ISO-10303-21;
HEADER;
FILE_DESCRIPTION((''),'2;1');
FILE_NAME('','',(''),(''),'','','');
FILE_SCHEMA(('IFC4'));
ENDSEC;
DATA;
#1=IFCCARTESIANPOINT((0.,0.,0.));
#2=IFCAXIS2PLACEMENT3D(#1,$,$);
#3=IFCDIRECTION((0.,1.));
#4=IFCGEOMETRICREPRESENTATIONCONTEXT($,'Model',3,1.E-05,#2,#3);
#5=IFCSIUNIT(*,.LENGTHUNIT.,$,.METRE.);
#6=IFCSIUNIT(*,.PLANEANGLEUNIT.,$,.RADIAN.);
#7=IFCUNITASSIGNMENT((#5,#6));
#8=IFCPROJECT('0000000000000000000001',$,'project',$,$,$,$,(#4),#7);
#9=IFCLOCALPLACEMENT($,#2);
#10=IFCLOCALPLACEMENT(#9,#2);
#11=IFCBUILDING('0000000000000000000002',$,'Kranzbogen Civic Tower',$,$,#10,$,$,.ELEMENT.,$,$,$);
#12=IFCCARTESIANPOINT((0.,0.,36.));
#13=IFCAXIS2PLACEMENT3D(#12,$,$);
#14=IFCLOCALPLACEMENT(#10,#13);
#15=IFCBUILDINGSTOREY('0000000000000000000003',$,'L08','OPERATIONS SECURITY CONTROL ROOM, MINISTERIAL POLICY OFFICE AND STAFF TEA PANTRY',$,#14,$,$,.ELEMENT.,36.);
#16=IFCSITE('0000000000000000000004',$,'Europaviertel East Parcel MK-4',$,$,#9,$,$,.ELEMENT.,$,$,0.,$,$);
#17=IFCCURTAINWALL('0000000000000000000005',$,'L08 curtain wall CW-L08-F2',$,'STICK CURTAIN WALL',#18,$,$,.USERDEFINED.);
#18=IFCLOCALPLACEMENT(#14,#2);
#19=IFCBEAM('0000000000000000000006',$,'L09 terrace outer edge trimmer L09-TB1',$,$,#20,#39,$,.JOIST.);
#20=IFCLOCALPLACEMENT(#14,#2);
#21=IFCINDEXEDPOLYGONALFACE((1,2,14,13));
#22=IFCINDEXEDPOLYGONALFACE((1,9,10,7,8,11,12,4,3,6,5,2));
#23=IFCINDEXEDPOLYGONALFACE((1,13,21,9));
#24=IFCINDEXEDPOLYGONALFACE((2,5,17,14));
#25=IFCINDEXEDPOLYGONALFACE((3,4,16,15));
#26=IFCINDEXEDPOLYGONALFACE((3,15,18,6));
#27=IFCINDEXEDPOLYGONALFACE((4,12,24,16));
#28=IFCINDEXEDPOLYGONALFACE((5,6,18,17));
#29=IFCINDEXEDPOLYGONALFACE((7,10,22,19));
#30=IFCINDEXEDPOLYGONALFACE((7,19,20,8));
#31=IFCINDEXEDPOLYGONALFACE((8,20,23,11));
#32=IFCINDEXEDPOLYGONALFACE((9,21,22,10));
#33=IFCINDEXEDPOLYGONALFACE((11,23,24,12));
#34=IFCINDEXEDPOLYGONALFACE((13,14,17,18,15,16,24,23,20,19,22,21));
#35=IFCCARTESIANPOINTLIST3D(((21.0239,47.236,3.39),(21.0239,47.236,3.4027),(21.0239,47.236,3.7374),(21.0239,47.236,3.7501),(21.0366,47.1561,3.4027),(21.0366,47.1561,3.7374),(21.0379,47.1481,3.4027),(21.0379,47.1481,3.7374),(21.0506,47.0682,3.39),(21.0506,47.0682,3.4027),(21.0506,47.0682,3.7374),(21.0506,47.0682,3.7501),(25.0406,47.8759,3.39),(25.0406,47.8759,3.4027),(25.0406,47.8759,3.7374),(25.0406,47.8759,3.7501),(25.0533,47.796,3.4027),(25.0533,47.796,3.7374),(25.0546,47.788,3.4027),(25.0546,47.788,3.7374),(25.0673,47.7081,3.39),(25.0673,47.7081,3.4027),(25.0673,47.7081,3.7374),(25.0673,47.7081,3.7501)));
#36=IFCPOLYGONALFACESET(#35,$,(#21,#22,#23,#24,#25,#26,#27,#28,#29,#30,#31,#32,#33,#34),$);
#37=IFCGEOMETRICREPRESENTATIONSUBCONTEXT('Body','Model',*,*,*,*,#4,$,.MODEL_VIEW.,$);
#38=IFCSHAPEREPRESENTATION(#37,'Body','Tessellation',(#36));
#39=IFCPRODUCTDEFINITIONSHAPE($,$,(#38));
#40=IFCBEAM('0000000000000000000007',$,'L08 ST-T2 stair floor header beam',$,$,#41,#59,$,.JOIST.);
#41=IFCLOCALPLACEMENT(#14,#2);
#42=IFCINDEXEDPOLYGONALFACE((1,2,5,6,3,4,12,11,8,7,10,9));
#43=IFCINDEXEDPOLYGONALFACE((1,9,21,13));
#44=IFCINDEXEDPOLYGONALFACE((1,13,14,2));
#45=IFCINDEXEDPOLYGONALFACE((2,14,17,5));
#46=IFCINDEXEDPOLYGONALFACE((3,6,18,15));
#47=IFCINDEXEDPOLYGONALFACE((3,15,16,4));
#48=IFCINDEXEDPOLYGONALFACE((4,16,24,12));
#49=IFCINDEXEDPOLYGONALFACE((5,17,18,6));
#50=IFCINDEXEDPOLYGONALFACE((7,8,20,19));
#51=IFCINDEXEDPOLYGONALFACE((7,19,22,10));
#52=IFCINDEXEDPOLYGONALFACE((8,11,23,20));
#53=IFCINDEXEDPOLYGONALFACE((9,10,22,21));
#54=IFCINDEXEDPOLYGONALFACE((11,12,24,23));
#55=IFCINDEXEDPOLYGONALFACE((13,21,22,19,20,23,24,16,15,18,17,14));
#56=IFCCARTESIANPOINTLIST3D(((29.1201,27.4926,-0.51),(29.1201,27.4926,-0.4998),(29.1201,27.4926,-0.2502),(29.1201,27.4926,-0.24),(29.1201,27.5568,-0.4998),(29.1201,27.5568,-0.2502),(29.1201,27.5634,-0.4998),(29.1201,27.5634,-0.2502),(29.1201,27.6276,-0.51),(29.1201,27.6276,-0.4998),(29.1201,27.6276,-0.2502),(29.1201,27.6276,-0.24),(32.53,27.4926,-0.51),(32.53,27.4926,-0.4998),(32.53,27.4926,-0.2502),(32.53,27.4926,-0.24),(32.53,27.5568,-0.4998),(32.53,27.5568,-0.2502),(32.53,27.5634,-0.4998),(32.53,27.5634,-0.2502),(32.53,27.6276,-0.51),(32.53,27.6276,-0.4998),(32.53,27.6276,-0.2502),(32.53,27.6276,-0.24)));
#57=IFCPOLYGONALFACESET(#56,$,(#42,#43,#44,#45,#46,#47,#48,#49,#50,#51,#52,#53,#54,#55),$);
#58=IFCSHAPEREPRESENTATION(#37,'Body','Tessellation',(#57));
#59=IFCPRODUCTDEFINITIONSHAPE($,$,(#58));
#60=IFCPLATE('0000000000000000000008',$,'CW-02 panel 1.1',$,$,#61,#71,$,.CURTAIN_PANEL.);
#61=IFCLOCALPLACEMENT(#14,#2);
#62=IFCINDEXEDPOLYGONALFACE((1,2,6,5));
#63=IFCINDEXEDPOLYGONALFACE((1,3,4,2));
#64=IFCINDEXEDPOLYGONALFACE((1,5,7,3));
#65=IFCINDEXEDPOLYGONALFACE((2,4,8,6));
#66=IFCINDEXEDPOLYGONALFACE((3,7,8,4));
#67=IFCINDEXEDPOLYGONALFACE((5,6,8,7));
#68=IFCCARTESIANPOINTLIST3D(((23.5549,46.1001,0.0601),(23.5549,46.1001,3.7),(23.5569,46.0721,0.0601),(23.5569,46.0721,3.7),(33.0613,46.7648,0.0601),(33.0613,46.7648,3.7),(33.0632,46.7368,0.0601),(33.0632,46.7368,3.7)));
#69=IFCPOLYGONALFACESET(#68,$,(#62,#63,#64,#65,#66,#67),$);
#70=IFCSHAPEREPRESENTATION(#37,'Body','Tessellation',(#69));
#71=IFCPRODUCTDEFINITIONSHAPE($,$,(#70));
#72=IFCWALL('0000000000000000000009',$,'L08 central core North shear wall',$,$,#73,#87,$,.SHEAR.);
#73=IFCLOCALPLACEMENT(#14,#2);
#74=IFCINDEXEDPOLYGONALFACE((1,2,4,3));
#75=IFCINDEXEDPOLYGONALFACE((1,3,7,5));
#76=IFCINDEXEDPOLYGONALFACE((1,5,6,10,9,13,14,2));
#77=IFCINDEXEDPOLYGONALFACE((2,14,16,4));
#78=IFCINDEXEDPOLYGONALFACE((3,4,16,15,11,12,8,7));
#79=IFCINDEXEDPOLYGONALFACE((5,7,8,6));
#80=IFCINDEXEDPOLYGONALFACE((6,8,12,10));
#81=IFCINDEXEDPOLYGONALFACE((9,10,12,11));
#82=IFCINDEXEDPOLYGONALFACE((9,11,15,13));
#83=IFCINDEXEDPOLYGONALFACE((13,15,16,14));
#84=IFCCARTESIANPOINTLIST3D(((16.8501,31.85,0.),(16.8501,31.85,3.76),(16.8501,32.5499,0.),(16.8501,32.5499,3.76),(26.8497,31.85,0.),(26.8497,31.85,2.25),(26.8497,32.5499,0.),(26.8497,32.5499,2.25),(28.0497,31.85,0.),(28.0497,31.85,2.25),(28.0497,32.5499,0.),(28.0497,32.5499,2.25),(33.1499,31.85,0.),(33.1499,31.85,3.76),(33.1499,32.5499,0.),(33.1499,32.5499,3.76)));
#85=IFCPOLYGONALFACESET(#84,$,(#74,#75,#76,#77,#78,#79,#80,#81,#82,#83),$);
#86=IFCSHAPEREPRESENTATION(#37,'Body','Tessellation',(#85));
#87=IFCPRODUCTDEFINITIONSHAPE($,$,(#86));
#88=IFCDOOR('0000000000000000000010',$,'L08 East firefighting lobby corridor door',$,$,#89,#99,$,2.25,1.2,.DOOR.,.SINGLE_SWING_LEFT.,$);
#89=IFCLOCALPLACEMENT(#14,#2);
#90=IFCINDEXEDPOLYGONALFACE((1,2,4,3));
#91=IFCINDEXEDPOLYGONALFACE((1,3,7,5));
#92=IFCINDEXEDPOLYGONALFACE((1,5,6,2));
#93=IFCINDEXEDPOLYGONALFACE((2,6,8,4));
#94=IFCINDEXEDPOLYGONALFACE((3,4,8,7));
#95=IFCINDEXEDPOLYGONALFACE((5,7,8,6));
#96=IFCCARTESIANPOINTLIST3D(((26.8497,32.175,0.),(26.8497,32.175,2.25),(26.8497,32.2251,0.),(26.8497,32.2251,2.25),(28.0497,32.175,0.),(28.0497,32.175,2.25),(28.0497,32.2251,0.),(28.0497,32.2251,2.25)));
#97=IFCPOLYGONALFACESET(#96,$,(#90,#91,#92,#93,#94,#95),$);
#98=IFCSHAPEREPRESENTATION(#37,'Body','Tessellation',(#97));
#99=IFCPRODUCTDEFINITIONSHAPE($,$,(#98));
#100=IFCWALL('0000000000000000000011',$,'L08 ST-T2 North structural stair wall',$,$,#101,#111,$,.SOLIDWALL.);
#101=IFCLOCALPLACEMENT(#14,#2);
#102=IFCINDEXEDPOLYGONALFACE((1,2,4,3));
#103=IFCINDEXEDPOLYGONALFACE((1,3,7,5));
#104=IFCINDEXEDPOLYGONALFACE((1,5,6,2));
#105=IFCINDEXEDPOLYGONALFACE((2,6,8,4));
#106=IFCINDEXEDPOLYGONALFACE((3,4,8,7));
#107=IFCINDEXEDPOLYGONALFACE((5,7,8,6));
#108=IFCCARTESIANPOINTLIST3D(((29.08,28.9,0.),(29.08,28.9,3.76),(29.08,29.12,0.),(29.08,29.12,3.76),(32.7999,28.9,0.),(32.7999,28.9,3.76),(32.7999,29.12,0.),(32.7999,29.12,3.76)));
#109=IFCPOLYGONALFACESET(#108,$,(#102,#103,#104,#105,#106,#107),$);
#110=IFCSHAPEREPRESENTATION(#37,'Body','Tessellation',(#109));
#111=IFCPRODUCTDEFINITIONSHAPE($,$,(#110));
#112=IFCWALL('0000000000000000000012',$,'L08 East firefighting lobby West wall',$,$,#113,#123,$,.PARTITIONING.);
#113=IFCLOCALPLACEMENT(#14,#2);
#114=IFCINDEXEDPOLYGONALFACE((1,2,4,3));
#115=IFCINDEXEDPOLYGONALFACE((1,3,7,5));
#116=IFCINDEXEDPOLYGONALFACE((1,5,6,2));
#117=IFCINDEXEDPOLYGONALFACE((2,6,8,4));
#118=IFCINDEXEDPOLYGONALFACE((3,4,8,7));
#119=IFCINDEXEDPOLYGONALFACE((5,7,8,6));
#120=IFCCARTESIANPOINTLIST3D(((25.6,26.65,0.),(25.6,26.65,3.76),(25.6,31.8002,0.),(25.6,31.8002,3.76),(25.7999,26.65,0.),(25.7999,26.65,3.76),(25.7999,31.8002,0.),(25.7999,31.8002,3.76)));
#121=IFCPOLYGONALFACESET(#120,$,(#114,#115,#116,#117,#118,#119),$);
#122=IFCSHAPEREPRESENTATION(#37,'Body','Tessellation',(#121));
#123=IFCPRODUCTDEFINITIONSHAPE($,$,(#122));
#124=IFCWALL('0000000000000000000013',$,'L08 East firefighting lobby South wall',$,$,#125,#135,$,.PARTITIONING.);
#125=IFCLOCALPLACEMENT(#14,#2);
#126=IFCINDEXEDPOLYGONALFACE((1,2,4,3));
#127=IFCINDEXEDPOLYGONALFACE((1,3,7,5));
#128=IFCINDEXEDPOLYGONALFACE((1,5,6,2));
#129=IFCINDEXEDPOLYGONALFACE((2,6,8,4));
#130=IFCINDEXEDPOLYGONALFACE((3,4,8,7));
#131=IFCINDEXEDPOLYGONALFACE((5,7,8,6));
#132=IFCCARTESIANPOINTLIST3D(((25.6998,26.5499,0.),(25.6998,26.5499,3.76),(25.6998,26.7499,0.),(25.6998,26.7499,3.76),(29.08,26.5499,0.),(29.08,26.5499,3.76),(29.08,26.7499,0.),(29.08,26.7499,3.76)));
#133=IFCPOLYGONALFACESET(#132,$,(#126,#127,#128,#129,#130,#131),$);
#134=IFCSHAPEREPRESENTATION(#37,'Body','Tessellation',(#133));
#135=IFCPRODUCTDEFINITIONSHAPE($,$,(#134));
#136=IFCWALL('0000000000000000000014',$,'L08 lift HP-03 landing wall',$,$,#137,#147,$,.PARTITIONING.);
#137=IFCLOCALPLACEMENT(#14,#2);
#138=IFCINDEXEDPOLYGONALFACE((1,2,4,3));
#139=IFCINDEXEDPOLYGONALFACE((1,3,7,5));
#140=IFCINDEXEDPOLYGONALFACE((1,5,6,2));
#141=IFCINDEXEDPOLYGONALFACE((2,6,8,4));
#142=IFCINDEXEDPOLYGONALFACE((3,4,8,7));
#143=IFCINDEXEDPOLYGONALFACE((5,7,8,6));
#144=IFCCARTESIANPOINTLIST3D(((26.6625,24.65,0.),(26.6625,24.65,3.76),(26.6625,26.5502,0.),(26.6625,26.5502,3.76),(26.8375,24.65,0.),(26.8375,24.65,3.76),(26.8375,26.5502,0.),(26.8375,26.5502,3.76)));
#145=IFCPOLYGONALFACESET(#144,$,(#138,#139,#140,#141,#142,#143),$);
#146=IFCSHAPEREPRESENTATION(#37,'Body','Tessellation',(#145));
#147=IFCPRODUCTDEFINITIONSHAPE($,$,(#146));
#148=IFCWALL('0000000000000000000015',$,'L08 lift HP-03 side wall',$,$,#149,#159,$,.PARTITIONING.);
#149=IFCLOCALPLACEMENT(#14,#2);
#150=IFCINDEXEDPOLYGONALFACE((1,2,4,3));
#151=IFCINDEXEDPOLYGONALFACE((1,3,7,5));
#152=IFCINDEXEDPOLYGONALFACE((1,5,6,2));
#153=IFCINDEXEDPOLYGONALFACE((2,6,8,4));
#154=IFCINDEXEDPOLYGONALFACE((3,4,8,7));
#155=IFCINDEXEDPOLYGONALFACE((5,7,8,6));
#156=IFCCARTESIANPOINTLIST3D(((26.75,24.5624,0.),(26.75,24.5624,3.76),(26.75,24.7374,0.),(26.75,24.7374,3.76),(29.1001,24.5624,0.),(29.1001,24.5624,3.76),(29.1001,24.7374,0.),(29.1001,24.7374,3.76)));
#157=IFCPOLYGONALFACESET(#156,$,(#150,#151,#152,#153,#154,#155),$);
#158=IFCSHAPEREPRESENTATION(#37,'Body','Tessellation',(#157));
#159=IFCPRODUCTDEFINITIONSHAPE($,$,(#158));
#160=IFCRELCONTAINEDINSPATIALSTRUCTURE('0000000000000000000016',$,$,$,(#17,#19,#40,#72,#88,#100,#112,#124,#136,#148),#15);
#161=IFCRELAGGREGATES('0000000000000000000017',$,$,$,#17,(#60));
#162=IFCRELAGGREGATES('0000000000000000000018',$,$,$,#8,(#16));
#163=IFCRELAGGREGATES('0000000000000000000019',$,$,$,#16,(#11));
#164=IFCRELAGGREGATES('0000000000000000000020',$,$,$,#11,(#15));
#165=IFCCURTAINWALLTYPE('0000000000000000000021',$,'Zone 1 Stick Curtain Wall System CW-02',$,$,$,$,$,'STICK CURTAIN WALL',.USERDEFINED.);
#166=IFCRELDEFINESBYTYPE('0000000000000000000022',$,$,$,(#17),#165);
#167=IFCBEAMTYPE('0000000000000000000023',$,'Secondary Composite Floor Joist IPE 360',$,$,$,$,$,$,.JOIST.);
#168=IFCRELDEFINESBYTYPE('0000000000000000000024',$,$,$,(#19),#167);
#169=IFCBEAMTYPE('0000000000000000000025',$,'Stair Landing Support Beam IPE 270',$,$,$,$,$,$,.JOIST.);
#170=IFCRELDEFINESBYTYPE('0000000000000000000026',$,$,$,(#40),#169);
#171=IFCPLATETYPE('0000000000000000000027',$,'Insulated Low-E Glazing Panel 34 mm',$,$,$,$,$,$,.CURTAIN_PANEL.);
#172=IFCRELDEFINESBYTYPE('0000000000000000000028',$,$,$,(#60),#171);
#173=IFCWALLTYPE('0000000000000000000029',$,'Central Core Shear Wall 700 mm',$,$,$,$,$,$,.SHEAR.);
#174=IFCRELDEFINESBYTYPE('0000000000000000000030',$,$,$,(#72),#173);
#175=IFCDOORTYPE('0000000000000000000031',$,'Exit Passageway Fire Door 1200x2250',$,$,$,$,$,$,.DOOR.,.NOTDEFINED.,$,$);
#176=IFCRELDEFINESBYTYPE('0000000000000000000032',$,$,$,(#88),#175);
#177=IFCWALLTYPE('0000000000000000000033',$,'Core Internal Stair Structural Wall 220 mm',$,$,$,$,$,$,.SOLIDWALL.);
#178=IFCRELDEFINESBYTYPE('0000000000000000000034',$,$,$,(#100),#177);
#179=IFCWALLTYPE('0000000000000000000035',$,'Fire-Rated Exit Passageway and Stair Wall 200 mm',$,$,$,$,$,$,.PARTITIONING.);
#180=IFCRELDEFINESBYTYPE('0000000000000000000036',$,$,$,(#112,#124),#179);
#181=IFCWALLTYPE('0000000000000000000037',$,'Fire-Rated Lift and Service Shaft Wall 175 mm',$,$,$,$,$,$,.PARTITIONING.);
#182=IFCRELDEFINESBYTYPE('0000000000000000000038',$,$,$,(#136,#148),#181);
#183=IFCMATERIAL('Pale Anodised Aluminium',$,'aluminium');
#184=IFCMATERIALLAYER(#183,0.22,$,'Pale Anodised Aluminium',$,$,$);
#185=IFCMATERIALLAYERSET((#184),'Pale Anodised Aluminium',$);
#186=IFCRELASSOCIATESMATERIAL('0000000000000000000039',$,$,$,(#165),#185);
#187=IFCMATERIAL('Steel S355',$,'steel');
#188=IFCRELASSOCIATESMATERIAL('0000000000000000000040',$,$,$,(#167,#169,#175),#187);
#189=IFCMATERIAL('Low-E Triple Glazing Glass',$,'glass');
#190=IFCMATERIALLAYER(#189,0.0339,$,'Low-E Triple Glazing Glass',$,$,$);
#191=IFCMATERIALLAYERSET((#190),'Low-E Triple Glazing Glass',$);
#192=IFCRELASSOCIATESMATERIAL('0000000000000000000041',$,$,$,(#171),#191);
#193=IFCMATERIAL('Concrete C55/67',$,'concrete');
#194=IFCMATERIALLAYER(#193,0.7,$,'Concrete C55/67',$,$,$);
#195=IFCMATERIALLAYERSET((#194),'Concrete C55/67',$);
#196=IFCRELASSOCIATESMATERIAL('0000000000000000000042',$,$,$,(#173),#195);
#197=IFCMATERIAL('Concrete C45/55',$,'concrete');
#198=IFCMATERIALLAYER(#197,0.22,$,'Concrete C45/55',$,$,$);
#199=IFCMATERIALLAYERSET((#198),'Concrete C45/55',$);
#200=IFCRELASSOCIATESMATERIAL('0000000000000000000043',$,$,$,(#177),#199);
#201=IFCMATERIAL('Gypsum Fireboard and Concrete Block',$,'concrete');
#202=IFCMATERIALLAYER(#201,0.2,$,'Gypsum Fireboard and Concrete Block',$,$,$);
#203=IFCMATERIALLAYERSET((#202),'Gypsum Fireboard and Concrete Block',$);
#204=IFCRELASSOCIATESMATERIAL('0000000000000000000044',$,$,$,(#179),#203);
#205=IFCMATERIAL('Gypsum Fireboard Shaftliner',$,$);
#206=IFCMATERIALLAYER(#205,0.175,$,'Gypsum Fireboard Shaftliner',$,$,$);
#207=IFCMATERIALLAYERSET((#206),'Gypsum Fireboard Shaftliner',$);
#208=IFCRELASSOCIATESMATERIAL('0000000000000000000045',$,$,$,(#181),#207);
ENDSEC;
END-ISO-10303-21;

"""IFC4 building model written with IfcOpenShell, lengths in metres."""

from ifc_helpers import new_model, si_unit, direction, frame, frame_2d, origin, origin_2d, place, context, subcontext, project, spatial, rectangle, i_section, extrude, material, layer, layer_set, material_profile, profile_set, type_object, element, fill, aggregate, save


model = new_model("IFC4")

# Units and contexts
model_context = context("Model", 3, precision=1e-05, world=origin(), true_north=direction((0.0, 1.0)))
body_context = subcontext(model_context, "Body", "Model", "MODEL_VIEW")
ifc_project = project(units=[si_unit("LENGTHUNIT", "METRE"), si_unit("PLANEANGLEUNIT", "RADIAN")], contexts=[model_context])

# Site, building, storey
site_placement = place(None, origin())
site = spatial("IfcSite", under=ifc_project, at=site_placement, Name="Europaviertel East Parcel MK-4", CompositionType="ELEMENT", RefElevation=0.0)
building_placement = place(site_placement, origin())
building = spatial("IfcBuilding", under=site, at=building_placement, Name="Kranzbogen Civic Tower", CompositionType="ELEMENT")
storey_placement = place(building_placement, frame((0.0, 0.0, 36.0)))
storey = spatial("IfcBuildingStorey", under=building, at=storey_placement, Name="L08", Description="OPERATIONS SECURITY CONTROL ROOM, MINISTERIAL POLICY OFFICE AND STAFF TEA PANTRY", CompositionType="ELEMENT", Elevation=36.0)

# Curtain wall
ifc_material_1 = material(Name="Pale Anodised Aluminium", Category="aluminium")
ifc_layer_1 = layer(ifc_material_1, 0.22, Name="Pale Anodised Aluminium")
ifc_layer_set_1 = layer_set([ifc_layer_1], Name="Pale Anodised Aluminium")
curtain_wall_type = type_object("IfcCurtainWallType", Name="Zone 1 Stick Curtain Wall System CW-02", ElementType="STICK CURTAIN WALL", PredefinedType="USERDEFINED", material=ifc_layer_set_1)
curtain_wall_placement = place(storey_placement, origin())
curtain_wall = element("IfcCurtainWall", 1, at=curtain_wall_placement, inside=storey, type_object=curtain_wall_type, Name="L08 curtain wall CW-L08-F2", ObjectType="STICK CURTAIN WALL", PredefinedType="USERDEFINED")

# Beams
ifc_material_2 = material(Name="Steel S355", Category="steel")
ifc_material_profile_1 = material_profile(ifc_material_2, i_section(OverallWidth=0.1699, OverallDepth=0.3601, WebThickness=0.0081, FlangeThickness=0.0127, at=origin_2d()), Name="IPE 360")
ifc_profile_set_1 = profile_set([ifc_material_profile_1], Name="Steel S355")
beam_type_1 = type_object("IfcBeamType", Name="Secondary Composite Floor Joist IPE 360", PredefinedType="JOIST", material=ifc_profile_set_1)
beam_1_placement = place(storey_placement, frame((25.054, 47.792, 3.5701), z_axis=(-0.987548, -0.157319, 0.0), x_axis=(0.157319, -0.987548, 0.0)))
element("IfcBeam", 2, at=beam_1_placement, inside=storey, type_object=beam_type_1, Name="L09 terrace outer edge trimmer L09-TB1", PredefinedType="JOIST", context=body_context, shape_type="SweptSolid", body=[
    extrude(i_section(OverallWidth=0.1699, OverallDepth=0.3601, WebThickness=0.0081, FlangeThickness=0.0127, at=origin_2d()), origin(), (0.0, 0.0, 1.0), 4.0674),
])
ifc_material_profile_2 = material_profile(ifc_material_2, i_section(OverallWidth=0.135, OverallDepth=0.27, WebThickness=0.0066, FlangeThickness=0.0103, at=origin_2d()), Name="IPE 270")
ifc_profile_set_2 = profile_set([ifc_material_profile_2], Name="Steel S355")
beam_type_2 = type_object("IfcBeamType", Name="Stair Landing Support Beam IPE 270", PredefinedType="JOIST", material=ifc_profile_set_2)
beam_2_placement = place(storey_placement, frame((29.1201, 27.5601, -0.375), z_axis=(1.0, 0.0, 0.0), x_axis=(0.0, 1.0, 0.0)))
element("IfcBeam", 3, at=beam_2_placement, inside=storey, type_object=beam_type_2, Name="L08 ST-T2 stair floor header beam", PredefinedType="JOIST", context=body_context, shape_type="SweptSolid", body=[
    extrude(i_section(OverallWidth=0.135, OverallDepth=0.27, WebThickness=0.0066, FlangeThickness=0.0103, at=origin_2d()), origin(), (0.0, 0.0, 1.0), 3.4099),
])

# Plate
ifc_material_3 = material(Name="Low-E Triple Glazing Glass", Category="glass")
ifc_layer_2 = layer(ifc_material_3, 0.0339, Name="Low-E Triple Glazing Glass")
ifc_layer_set_2 = layer_set([ifc_layer_2], Name="Low-E Triple Glazing Glass")
plate_type = type_object("IfcPlateType", Name="Insulated Low-E Glazing Panel 34 mm", PredefinedType="CURTAIN_PANEL", material=ifc_layer_set_2)
plate_placement = place(storey_placement, frame((28.3091, 46.4185, 0.0601), z_axis=(0.0, 0.0, 1.0), x_axis=(-0.997564, -0.069755, 0.0)))
plate = element("IfcPlate", 4, at=plate_placement, type_object=plate_type, Name="CW-02 panel 1.1", PredefinedType="CURTAIN_PANEL", context=body_context, shape_type="SweptSolid", body=[
    extrude(rectangle(XDim=9.5295, YDim=0.0281, at=origin_2d()), origin(), (0.0, 0.0, 1.0), 3.6399),
])
aggregate(curtain_wall, [plate])

# Wall, opening, door
ifc_material_4 = material(Name="Concrete C55/67", Category="concrete")
ifc_layer_3 = layer(ifc_material_4, 0.7, Name="Concrete C55/67")
ifc_layer_set_3 = layer_set([ifc_layer_3], Name="Concrete C55/67")
wall_type_1 = type_object("IfcWallType", Name="Central Core Shear Wall 700 mm", PredefinedType="SHEAR", material=ifc_layer_set_3)
wall_1_placement = place(storey_placement, frame((33.1499, 32.2, 0.0), z_axis=(0.0, 0.0, 1.0), x_axis=(-1.0, 0.0, 0.0)))
wall_1 = element("IfcWall", 5, at=wall_1_placement, inside=storey, type_object=wall_type_1, Name="L08 central core North shear wall", PredefinedType="SHEAR", context=body_context, shape_type="SweptSolid", body=[
    extrude(rectangle(XDim=16.2998, YDim=0.7, at=frame_2d((8.1499, 0.0))), origin(), (0.0, 0.0, 1.0), 3.76),
])
opening_1_placement = place(wall_1_placement, frame((5.1001, 0.0, 0.0)))
opening_1 = element("IfcOpeningElement", 6, at=opening_1_placement, cuts=wall_1, PredefinedType="OPENING", context=body_context, shape_type="SweptSolid", body=[
    extrude(rectangle(XDim=1.2, YDim=2.25, at=frame_2d((0.6001, 1.125))), frame((0.0, 0.3599, 0.0), z_axis=(0.0, -1.0, 0.0), x_axis=(1.0, 0.0, 0.0)), (0.0, 0.0, 1.0), 0.72),
])
door_type_1 = type_object("IfcDoorType", Name="Exit Passageway Fire Door 1200x2250", OperationType="NOTDEFINED", PredefinedType="DOOR", material=ifc_material_2)
door_1_placement = place(opening_1_placement, origin())
door_1 = element("IfcDoor", 7, at=door_1_placement, inside=storey, type_object=door_type_1, Name="L08 East firefighting lobby corridor door", OperationType="SINGLE_SWING_LEFT", OverallHeight=2.25, OverallWidth=1.2, PredefinedType="DOOR", context=body_context, shape_type="SweptSolid", body=[
    extrude(rectangle(XDim=1.2, YDim=2.25, at=frame_2d((0.6001, 1.125))), frame((0.0, 0.0249, 0.0), z_axis=(0.0, -1.0, 0.0), x_axis=(1.0, 0.0, 0.0)), (0.0, 0.0, 1.0), 0.05),
])
fill(opening_1, door_1)

# Walls
ifc_material_5 = material(Name="Concrete C45/55", Category="concrete")
ifc_layer_4 = layer(ifc_material_5, 0.22, Name="Concrete C45/55")
ifc_layer_set_4 = layer_set([ifc_layer_4], Name="Concrete C45/55")
wall_type_2 = type_object("IfcWallType", Name="Core Internal Stair Structural Wall 220 mm", PredefinedType="SOLIDWALL", material=ifc_layer_set_4)
wall_2_placement = place(storey_placement, frame((29.0801, 29.01, 0.0), z_axis=(0.0, 0.0, 1.0), x_axis=(1.0, 0.0, 0.0)))
element("IfcWall", 8, at=wall_2_placement, inside=storey, type_object=wall_type_2, Name="L08 ST-T2 North structural stair wall", PredefinedType="SOLIDWALL", context=body_context, shape_type="SweptSolid", body=[
    extrude(rectangle(XDim=3.72, YDim=0.22, at=frame_2d((1.8599, 0.0))), origin(), (0.0, 0.0, 1.0), 3.76),
])
ifc_material_6 = material(Name="Gypsum Fireboard and Concrete Block", Category="concrete")
ifc_layer_5 = layer(ifc_material_6, 0.2, Name="Gypsum Fireboard and Concrete Block")
ifc_layer_set_5 = layer_set([ifc_layer_5], Name="Gypsum Fireboard and Concrete Block")
wall_type_3 = type_object("IfcWallType", Name="Fire-Rated Exit Passageway and Stair Wall 200 mm", PredefinedType="PARTITIONING", material=ifc_layer_set_5)
wall_3_placement = place(storey_placement, frame((25.7, 26.6499, 0.0), z_axis=(0.0, 0.0, 1.0), x_axis=(0.0, 1.0, 0.0)))
element("IfcWall", 9, at=wall_3_placement, inside=storey, type_object=wall_type_3, Name="L08 East firefighting lobby West wall", PredefinedType="PARTITIONING", context=body_context, shape_type="SweptSolid", body=[
    extrude(rectangle(XDim=5.1501, YDim=0.2, at=frame_2d((2.5752, 0.0))), origin(), (0.0, 0.0, 1.0), 3.76),
])
wall_4_placement = place(storey_placement, frame((25.7, 26.6499, 0.0), z_axis=(0.0, 0.0, 1.0), x_axis=(1.0, 0.0, 0.0)))
element("IfcWall", 10, at=wall_4_placement, inside=storey, type_object=wall_type_3, Name="L08 East firefighting lobby South wall", PredefinedType="PARTITIONING", context=body_context, shape_type="SweptSolid", body=[
    extrude(rectangle(XDim=3.3801, YDim=0.2, at=frame_2d((1.6899, 0.0))), origin(), (0.0, 0.0, 1.0), 3.76),
])
ifc_material_7 = material(Name="Gypsum Fireboard Shaftliner")
ifc_layer_6 = layer(ifc_material_7, 0.175, Name="Gypsum Fireboard Shaftliner")
ifc_layer_set_6 = layer_set([ifc_layer_6], Name="Gypsum Fireboard Shaftliner")
wall_type_4 = type_object("IfcWallType", Name="Fire-Rated Lift and Service Shaft Wall 175 mm", PredefinedType="PARTITIONING", material=ifc_layer_set_6)
wall_5_placement = place(storey_placement, frame((26.75, 24.6499, 0.0), z_axis=(0.0, 0.0, 1.0), x_axis=(0.0, 1.0, 0.0)))
element("IfcWall", 11, at=wall_5_placement, inside=storey, type_object=wall_type_4, Name="L08 lift HP-03 landing wall", PredefinedType="PARTITIONING", context=body_context, shape_type="SweptSolid", body=[
    extrude(rectangle(XDim=1.9001, YDim=0.175, at=frame_2d((0.9502, 0.0))), origin(), (0.0, 0.0, 1.0), 3.76),
])
wall_6_placement = place(storey_placement, frame((26.75, 24.6499, 0.0), z_axis=(0.0, 0.0, 1.0), x_axis=(1.0, 0.0, 0.0)))
element("IfcWall", 12, at=wall_6_placement, inside=storey, type_object=wall_type_4, Name="L08 lift HP-03 side wall", PredefinedType="PARTITIONING", context=body_context, shape_type="SweptSolid", body=[
    extrude(rectangle(XDim=2.3501, YDim=0.175, at=frame_2d((1.175, 0.0))), origin(), (0.0, 0.0, 1.0), 3.76),
])

save(model, "model.ifc")
